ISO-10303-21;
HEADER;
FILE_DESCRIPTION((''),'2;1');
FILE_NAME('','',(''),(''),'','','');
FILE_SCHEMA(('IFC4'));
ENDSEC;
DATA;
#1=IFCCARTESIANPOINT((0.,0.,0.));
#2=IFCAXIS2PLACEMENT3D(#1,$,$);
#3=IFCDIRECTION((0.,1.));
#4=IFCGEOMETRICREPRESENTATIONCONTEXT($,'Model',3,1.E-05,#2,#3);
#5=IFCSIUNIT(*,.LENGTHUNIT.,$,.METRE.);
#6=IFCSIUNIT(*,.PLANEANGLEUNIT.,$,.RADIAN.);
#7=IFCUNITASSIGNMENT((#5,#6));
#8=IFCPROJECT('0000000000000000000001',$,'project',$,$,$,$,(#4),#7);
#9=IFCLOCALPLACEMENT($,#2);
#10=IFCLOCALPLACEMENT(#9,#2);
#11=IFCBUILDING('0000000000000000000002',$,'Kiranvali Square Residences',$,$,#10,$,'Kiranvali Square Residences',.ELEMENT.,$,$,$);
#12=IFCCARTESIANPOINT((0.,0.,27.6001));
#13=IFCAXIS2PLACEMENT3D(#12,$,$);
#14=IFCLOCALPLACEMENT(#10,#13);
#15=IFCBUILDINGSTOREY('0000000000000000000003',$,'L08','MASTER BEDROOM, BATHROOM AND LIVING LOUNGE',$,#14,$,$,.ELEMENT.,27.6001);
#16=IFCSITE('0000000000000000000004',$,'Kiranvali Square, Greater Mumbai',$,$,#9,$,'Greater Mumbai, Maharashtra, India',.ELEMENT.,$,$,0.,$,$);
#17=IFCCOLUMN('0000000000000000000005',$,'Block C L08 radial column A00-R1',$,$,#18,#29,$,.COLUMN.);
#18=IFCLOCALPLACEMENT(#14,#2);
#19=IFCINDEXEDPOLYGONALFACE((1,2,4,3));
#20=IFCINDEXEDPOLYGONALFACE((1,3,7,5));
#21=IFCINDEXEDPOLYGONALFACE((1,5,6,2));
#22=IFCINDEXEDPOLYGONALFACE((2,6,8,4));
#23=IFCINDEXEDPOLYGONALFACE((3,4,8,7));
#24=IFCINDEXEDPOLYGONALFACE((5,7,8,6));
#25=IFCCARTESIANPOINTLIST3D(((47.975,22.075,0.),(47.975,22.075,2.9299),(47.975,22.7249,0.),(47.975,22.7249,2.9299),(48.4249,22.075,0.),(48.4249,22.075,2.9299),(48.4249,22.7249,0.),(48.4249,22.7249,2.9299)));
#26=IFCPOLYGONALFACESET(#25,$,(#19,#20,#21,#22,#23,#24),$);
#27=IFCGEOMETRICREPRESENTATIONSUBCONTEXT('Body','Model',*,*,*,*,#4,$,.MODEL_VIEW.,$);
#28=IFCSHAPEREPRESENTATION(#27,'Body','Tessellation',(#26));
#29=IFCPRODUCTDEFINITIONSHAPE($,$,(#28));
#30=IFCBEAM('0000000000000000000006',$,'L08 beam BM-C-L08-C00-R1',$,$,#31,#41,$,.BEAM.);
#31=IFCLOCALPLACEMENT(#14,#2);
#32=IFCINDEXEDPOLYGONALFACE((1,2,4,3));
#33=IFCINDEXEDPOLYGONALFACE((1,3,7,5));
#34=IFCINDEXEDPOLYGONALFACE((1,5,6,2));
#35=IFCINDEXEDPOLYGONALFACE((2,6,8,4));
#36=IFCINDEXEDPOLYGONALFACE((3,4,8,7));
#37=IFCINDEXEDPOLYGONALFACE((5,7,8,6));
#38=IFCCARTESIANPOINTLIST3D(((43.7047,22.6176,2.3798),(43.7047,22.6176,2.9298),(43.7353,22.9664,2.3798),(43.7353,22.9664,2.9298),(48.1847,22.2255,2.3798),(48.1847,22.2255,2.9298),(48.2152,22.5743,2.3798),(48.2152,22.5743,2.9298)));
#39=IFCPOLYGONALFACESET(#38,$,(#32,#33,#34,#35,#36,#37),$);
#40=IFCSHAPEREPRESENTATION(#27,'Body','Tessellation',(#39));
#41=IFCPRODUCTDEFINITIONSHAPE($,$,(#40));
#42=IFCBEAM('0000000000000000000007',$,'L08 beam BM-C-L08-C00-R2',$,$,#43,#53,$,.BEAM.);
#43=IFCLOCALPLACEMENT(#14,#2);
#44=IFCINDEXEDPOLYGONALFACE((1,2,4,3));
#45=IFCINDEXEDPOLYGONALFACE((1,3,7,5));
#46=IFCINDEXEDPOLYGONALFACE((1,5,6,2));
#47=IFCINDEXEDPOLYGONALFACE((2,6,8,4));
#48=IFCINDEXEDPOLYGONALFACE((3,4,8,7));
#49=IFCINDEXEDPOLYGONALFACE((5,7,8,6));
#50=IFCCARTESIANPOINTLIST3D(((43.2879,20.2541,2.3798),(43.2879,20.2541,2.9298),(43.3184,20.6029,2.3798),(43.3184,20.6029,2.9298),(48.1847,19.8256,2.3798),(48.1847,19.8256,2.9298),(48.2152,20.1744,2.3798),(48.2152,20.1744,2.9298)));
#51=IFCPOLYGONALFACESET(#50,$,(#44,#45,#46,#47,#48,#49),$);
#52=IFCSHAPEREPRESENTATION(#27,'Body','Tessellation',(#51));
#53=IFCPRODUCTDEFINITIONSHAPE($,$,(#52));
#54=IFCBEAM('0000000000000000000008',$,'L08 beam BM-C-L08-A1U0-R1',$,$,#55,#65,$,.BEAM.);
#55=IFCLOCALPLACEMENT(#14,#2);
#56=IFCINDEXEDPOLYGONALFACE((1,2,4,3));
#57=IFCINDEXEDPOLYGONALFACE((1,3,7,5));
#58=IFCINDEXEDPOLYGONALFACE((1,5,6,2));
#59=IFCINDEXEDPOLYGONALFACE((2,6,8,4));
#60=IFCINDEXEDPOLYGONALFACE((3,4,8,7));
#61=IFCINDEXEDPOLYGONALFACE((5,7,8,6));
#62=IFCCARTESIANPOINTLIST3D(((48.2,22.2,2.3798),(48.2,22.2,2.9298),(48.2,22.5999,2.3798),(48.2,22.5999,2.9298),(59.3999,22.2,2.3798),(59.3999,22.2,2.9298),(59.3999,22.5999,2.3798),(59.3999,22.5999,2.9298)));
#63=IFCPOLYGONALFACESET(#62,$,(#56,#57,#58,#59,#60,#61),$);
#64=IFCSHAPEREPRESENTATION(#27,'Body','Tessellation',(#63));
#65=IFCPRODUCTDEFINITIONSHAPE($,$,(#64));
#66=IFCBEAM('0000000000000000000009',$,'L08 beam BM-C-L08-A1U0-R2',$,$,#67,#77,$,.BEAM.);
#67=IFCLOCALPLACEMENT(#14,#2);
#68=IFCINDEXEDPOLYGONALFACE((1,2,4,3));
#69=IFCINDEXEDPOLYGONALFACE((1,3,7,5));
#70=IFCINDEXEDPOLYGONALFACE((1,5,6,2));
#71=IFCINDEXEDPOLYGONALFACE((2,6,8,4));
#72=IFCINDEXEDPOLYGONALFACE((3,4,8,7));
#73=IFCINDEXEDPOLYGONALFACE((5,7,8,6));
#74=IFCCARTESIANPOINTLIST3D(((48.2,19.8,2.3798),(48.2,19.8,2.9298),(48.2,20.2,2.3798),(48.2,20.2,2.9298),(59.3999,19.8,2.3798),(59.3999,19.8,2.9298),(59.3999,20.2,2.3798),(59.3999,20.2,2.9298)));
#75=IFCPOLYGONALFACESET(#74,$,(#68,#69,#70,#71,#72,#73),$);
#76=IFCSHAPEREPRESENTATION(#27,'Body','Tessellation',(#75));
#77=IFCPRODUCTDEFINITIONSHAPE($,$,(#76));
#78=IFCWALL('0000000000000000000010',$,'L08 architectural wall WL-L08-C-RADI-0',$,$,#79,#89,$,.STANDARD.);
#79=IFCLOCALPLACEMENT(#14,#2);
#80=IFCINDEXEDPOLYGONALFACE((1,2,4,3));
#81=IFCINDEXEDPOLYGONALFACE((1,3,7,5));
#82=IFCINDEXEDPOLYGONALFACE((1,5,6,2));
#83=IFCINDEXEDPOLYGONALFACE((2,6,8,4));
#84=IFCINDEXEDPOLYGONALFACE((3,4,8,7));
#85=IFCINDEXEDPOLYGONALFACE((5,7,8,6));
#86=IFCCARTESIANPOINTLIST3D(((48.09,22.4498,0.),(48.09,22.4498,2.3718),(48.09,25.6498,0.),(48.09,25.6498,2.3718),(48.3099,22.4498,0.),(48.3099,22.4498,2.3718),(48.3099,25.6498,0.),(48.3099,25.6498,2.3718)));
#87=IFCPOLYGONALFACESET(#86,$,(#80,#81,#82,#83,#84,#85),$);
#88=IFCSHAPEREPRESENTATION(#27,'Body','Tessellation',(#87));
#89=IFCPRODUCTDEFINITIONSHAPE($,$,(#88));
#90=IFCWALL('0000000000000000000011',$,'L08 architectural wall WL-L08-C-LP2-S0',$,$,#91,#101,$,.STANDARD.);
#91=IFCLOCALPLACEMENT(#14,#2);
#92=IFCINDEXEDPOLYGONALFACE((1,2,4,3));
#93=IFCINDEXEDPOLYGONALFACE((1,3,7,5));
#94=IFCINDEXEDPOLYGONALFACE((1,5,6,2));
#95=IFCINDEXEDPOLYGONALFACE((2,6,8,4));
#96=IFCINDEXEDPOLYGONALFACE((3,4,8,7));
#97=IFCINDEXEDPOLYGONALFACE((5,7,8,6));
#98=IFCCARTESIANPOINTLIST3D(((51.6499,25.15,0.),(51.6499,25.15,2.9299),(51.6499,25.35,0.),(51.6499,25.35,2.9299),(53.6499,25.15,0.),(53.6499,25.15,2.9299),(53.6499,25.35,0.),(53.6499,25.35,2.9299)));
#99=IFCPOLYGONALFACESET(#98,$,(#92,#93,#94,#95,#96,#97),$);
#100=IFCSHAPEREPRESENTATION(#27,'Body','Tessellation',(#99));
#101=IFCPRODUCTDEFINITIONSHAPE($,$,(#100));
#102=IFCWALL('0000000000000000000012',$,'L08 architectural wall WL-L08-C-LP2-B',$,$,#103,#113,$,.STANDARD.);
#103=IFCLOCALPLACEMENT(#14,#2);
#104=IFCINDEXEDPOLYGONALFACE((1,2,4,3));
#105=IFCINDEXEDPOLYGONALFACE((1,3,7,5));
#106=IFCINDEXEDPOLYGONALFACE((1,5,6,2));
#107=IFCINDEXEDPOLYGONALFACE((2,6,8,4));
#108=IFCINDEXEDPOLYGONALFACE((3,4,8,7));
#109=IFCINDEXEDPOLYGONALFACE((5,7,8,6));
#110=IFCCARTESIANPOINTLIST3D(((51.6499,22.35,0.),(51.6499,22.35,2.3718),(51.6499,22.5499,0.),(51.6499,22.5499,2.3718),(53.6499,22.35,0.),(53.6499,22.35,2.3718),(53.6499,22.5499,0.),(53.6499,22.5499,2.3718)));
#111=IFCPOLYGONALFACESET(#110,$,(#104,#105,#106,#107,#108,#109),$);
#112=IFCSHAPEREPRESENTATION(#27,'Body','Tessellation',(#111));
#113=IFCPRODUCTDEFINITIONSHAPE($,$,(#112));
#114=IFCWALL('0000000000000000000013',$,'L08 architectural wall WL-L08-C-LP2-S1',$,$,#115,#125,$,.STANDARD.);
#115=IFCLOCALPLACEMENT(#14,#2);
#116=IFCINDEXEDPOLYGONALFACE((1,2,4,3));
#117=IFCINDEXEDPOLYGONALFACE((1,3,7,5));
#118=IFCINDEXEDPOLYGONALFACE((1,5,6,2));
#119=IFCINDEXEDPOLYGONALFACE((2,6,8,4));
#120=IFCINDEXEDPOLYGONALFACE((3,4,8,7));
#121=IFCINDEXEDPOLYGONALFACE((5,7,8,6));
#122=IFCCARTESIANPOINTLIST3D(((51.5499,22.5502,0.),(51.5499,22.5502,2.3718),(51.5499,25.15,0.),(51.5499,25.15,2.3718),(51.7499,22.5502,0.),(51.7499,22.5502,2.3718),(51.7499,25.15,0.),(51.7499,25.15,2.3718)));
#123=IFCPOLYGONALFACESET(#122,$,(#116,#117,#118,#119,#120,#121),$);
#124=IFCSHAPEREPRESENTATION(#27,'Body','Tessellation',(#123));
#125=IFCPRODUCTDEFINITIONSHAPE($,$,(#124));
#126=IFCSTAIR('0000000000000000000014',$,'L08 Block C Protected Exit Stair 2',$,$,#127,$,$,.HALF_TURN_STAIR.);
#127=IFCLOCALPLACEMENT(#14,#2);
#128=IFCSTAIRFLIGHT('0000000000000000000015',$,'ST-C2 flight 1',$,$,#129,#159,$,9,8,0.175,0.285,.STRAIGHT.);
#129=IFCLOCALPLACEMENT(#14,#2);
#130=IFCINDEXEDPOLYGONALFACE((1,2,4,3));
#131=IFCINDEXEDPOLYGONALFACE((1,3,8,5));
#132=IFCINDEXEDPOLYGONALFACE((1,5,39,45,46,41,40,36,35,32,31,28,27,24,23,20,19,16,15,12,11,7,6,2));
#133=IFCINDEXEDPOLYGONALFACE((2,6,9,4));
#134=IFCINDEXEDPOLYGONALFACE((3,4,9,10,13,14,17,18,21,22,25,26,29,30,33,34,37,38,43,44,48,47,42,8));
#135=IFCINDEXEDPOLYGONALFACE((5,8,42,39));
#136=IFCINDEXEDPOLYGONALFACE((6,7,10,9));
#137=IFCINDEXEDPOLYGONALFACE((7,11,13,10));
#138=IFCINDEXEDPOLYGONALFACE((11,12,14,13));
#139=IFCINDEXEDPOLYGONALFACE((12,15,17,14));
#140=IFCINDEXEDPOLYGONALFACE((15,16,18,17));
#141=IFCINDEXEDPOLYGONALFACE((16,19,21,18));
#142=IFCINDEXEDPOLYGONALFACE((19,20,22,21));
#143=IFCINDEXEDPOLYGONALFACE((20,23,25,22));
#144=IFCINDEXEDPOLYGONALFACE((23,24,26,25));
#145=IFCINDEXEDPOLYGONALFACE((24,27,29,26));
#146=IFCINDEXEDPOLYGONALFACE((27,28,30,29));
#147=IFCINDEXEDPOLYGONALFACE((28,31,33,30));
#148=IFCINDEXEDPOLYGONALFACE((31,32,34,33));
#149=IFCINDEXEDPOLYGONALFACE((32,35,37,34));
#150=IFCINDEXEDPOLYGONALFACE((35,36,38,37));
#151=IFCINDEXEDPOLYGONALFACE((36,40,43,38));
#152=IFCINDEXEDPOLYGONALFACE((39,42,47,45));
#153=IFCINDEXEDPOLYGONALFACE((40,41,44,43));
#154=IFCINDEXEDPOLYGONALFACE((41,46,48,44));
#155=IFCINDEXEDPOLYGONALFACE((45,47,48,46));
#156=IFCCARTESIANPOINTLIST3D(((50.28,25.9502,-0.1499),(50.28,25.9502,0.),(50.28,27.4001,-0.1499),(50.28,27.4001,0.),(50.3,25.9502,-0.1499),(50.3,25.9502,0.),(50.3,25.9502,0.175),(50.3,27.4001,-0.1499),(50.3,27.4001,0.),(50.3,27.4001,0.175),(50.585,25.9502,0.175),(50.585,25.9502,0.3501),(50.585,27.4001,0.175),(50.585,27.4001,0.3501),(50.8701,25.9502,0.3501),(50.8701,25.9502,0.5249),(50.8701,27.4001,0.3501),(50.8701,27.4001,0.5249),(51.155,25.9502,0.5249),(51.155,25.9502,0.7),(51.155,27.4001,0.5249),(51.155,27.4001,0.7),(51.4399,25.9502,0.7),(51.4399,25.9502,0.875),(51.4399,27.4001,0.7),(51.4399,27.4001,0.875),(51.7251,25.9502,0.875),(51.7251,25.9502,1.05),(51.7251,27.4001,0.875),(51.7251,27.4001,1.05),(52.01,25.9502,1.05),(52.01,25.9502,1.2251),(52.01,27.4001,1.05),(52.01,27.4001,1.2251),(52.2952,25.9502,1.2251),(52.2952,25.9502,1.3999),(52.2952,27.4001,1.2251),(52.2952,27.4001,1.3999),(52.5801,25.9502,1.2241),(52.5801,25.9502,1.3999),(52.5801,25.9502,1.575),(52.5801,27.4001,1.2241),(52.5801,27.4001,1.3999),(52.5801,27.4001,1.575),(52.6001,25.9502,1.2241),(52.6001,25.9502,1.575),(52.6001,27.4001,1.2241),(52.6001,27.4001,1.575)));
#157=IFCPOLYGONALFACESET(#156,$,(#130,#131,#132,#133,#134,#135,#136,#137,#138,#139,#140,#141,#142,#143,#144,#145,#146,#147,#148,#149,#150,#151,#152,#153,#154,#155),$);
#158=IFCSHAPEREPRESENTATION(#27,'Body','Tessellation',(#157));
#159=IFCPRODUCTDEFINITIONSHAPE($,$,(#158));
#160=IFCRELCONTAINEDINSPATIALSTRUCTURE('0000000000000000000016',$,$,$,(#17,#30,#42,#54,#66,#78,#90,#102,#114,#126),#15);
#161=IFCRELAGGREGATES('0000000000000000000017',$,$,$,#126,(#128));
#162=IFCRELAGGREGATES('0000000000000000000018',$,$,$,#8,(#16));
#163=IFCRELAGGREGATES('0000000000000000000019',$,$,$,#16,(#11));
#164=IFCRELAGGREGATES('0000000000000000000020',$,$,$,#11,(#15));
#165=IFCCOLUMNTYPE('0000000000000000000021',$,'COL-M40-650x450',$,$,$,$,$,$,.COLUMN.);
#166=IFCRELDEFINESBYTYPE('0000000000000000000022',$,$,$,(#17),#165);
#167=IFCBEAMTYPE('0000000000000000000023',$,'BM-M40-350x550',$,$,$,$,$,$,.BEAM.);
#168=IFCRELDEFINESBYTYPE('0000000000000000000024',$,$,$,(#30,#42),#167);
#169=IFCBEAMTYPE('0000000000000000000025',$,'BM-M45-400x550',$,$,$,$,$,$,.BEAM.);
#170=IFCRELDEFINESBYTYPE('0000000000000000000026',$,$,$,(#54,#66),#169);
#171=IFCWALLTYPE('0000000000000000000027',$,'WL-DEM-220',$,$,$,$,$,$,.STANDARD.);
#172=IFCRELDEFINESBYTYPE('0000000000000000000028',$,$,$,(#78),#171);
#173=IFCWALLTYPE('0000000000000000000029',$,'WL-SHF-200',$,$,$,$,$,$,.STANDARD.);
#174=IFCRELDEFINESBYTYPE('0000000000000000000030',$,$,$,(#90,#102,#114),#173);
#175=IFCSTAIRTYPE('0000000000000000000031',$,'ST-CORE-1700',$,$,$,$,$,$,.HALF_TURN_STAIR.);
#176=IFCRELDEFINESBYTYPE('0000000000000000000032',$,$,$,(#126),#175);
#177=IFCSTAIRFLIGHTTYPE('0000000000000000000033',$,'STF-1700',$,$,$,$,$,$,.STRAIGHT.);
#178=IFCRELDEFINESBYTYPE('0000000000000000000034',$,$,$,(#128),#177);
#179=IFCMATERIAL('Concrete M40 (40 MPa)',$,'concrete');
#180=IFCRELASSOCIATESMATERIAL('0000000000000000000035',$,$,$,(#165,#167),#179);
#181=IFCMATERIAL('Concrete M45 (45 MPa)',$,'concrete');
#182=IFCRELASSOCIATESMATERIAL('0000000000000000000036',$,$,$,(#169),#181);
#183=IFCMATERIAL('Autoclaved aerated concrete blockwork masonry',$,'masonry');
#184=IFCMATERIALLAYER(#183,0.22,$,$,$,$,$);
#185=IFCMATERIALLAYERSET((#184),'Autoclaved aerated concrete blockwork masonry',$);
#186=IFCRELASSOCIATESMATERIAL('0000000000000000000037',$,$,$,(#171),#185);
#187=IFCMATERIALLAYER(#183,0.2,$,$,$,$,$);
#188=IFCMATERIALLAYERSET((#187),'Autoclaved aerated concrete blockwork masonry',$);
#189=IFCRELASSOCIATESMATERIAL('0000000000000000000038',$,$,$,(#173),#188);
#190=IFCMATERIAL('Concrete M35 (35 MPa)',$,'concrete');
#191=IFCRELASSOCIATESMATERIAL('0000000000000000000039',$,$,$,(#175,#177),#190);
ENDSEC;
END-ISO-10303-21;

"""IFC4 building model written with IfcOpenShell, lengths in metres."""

from ifc_helpers import new_model, si_unit, direction, frame, frame_2d, origin, origin_2d, place, context, subcontext, project, spatial, polyline, rectangle, outline, extrude, material, layer, layer_set, material_profile, profile_set, type_object, element, aggregate, save


model = new_model("IFC4")

# Units and contexts
model_context = context("Model", 3, precision=1e-05, world=origin(), true_north=direction((0.0, 1.0)))
body_context = subcontext(model_context, "Body", "Model", "MODEL_VIEW")
ifc_project = project(units=[si_unit("LENGTHUNIT", "METRE"), si_unit("PLANEANGLEUNIT", "RADIAN")], contexts=[model_context])

# Site, building, storey
site_placement = place(None, origin())
site = spatial("IfcSite", under=ifc_project, at=site_placement, Name="Kiranvali Square, Greater Mumbai", LongName="Greater Mumbai, Maharashtra, India", CompositionType="ELEMENT", RefElevation=0.0)
building_placement = place(site_placement, origin())
building = spatial("IfcBuilding", under=site, at=building_placement, Name="Kiranvali Square Residences", LongName="Kiranvali Square Residences", CompositionType="ELEMENT")
storey_placement = place(building_placement, frame((0.0, 0.0, 27.6001)))
storey = spatial("IfcBuildingStorey", under=building, at=storey_placement, Name="L08", Description="MASTER BEDROOM, BATHROOM AND LIVING LOUNGE", CompositionType="ELEMENT", Elevation=27.6001)

# Column
ifc_material_1 = material(Name="Concrete M40 (40 MPa)", Category="concrete")
ifc_material_profile_1 = material_profile(ifc_material_1, rectangle(XDim=0.45, YDim=0.6499, at=origin_2d()), Name="RC 650x450")
ifc_profile_set_1 = profile_set([ifc_material_profile_1], Name="Concrete M40 (40 MPa)")
column_type = type_object("IfcColumnType", Name="COL-M40-650x450", PredefinedType="COLUMN", material=ifc_profile_set_1)
column_placement = place(storey_placement, frame((48.2, 22.3999, 0.0), z_axis=(0.0, 0.0, 1.0), x_axis=(1.0, 0.0, 0.0)))
element("IfcColumn", 1, at=column_placement, inside=storey, type_object=column_type, Name="Block C L08 radial column A00-R1", PredefinedType="COLUMN", context=body_context, shape_type="SweptSolid", body=[
    extrude(rectangle(XDim=0.45, YDim=0.6499, at=origin_2d()), origin(), (0.0, 0.0, 1.0), 2.9299),
])

# Beams
ifc_material_profile_2 = material_profile(ifc_material_1, rectangle(XDim=0.3501, YDim=0.55, at=origin_2d()), Name="RC 350x550")
ifc_profile_set_2 = profile_set([ifc_material_profile_2], Name="Concrete M40 (40 MPa)")
beam_type_1 = type_object("IfcBeamType", Name="BM-M40-350x550", PredefinedType="BEAM", material=ifc_profile_set_2)
beam_1_placement = place(storey_placement, frame((48.2, 22.3999, 2.6548), z_axis=(-0.996192, 0.087187, 0.0), x_axis=(-0.087187, -0.996192, 0.0)))
element("IfcBeam", 2, at=beam_1_placement, inside=storey, type_object=beam_type_1, Name="L08 beam BM-C-L08-C00-R1", PredefinedType="BEAM", context=body_context, shape_type="SweptSolid", body=[
    extrude(rectangle(XDim=0.3501, YDim=0.55, at=origin_2d()), origin(), (0.0, 0.0, 1.0), 4.4971),
])
beam_2_placement = place(storey_placement, frame((48.2, 20.0, 2.6548), z_axis=(-0.996194, 0.087168, 0.0), x_axis=(-0.087168, -0.996194, 0.0)))
element("IfcBeam", 3, at=beam_2_placement, inside=storey, type_object=beam_type_1, Name="L08 beam BM-C-L08-C00-R2", PredefinedType="BEAM", context=body_context, shape_type="SweptSolid", body=[
    extrude(rectangle(XDim=0.3501, YDim=0.55, at=origin_2d()), origin(), (0.0, 0.0, 1.0), 4.9155),
])
ifc_material_2 = material(Name="Concrete M45 (45 MPa)", Category="concrete")
ifc_material_profile_3 = material_profile(ifc_material_2, rectangle(XDim=0.3999, YDim=0.55, at=origin_2d()), Name="RC 400x550")
ifc_profile_set_3 = profile_set([ifc_material_profile_3], Name="Concrete M45 (45 MPa)")
beam_type_2 = type_object("IfcBeamType", Name="BM-M45-400x550", PredefinedType="BEAM", material=ifc_profile_set_3)
for number, where, z_axis, x_axis, name in (
    (4, (48.2, 22.3999, 2.6548), (1.0, 0.0, 0.0), (0.0, 1.0, 0.0), "L08 beam BM-C-L08-A1U0-R1"),
    (5, (48.2, 20.0, 2.6548), (1.0, 0.0, 0.0), (0.0, 1.0, 0.0), "L08 beam BM-C-L08-A1U0-R2"),
):
    element("IfcBeam", number, at=place(storey_placement, frame(where, z_axis=z_axis, x_axis=x_axis)), inside=storey, type_object=beam_type_2, Name=name, PredefinedType="BEAM", context=body_context, shape_type="SweptSolid", body=[
        extrude(rectangle(XDim=0.3999, YDim=0.55, at=origin_2d()), origin(), (0.0, 0.0, 1.0), 11.2),
    ])

# Shared definitions
ifc_material_3 = material(Name="Autoclaved aerated concrete blockwork masonry", Category="masonry")

# Walls
ifc_layer_1 = layer(ifc_material_3, 0.22)
ifc_layer_set_1 = layer_set([ifc_layer_1], Name="Autoclaved aerated concrete blockwork masonry")
wall_type_1 = type_object("IfcWallType", Name="WL-DEM-220", PredefinedType="STANDARD", material=ifc_layer_set_1)
wall_1_placement = place(storey_placement, frame((48.2, 25.6499, 0.0), z_axis=(0.0, 0.0, 1.0), x_axis=(0.0, -1.0, 0.0)))
element("IfcWall", 6, at=wall_1_placement, inside=storey, type_object=wall_type_1, Name="L08 architectural wall WL-L08-C-RADI-0", PredefinedType="STANDARD", context=body_context, shape_type="SweptSolid", body=[
    extrude(rectangle(XDim=3.2, YDim=0.22, at=frame_2d((1.6001, 0.0))), origin(), (0.0, 0.0, 1.0), 2.3718),
])
ifc_layer_2 = layer(ifc_material_3, 0.2)
ifc_layer_set_2 = layer_set([ifc_layer_2], Name="Autoclaved aerated concrete blockwork masonry")
wall_type_2 = type_object("IfcWallType", Name="WL-SHF-200", PredefinedType="STANDARD", material=ifc_layer_set_2)
wall_2_placement = place(storey_placement, frame((51.6499, 25.25, 0.0), z_axis=(0.0, 0.0, 1.0), x_axis=(1.0, 0.0, 0.0)))
element("IfcWall", 7, at=wall_2_placement, inside=storey, type_object=wall_type_2, Name="L08 architectural wall WL-L08-C-LP2-S0", PredefinedType="STANDARD", context=body_context, shape_type="SweptSolid", body=[
    extrude(rectangle(XDim=2.0, YDim=0.2, at=frame_2d((1.0, 0.0))), origin(), (0.0, 0.0, 1.0), 2.9299),
])
wall_3_placement = place(storey_placement, frame((51.6499, 22.45, 0.0), z_axis=(0.0, 0.0, 1.0), x_axis=(1.0, 0.0, 0.0)))
element("IfcWall", 8, at=wall_3_placement, inside=storey, type_object=wall_type_2, Name="L08 architectural wall WL-L08-C-LP2-B", PredefinedType="STANDARD", context=body_context, shape_type="SweptSolid", body=[
    extrude(rectangle(XDim=2.0, YDim=0.2, at=frame_2d((1.0, 0.0))), origin(), (0.0, 0.0, 1.0), 2.3718),
])
wall_4_placement = place(storey_placement, frame((51.6499, 25.1499, 0.0), z_axis=(0.0, 0.0, 1.0), x_axis=(0.0, -1.0, 0.0)))
element("IfcWall", 9, at=wall_4_placement, inside=storey, type_object=wall_type_2, Name="L08 architectural wall WL-L08-C-LP2-S1", PredefinedType="STANDARD", context=body_context, shape_type="SweptSolid", body=[
    extrude(rectangle(XDim=2.5999, YDim=0.2, at=frame_2d((1.2998, 0.0))), origin(), (0.0, 0.0, 1.0), 2.3718),
])

# Stair, stair flight
ifc_material_4 = material(Name="Concrete M35 (35 MPa)", Category="concrete")
stair_type = type_object("IfcStairType", Name="ST-CORE-1700", PredefinedType="HALF_TURN_STAIR", material=ifc_material_4)
stair_placement = place(storey_placement, origin())
stair = element("IfcStair", 10, at=stair_placement, inside=storey, type_object=stair_type, Name="L08 Block C Protected Exit Stair 2", PredefinedType="HALF_TURN_STAIR")
stair_flight_type = type_object("IfcStairFlightType", Name="STF-1700", PredefinedType="STRAIGHT", material=ifc_material_4)
stair_flight_placement = place(storey_placement, frame((50.3, 26.675, 0.0), z_axis=(0.0, 0.0, 1.0), x_axis=(1.0, 0.0, 0.0)))
stair_flight = element("IfcStairFlight", 11, at=stair_flight_placement, type_object=stair_flight_type, Name="ST-C2 flight 1", NumberOfRisers=9, NumberOfTreads=8, PredefinedType="STRAIGHT", RiserHeight=0.175, TreadLength=0.285, context=body_context, shape_type="SweptSolid", body=[
    extrude(outline(polyline([(-0.02, -0.1499), (-0.02, 0.0), (0.0, 0.0), (0.0, 0.175), (0.2849, 0.175), (0.2849, 0.3501), (0.5701, 0.3501), (0.5701, 0.5249), (0.855, 0.5249), (0.855, 0.7), (1.1399, 0.7), (1.1399, 0.875), (1.425, 0.875), (1.425, 1.05), (1.71, 1.05), (1.71, 1.2251), (1.9951, 1.2251), (1.9951, 1.3999), (2.28, 1.3999), (2.28, 1.575), (2.3, 1.575), (2.3, 1.2241), (2.28, 1.2241), (0.0, -0.1499), (-0.02, -0.1499)])), frame((0.0, 0.7251, 0.0), z_axis=(0.0, -1.0, 0.0), x_axis=(1.0, 0.0, 0.0)), (0.0, 0.0, 1.0), 1.45),
])
aggregate(stair, [stair_flight])

save(model, "model.ifc")
